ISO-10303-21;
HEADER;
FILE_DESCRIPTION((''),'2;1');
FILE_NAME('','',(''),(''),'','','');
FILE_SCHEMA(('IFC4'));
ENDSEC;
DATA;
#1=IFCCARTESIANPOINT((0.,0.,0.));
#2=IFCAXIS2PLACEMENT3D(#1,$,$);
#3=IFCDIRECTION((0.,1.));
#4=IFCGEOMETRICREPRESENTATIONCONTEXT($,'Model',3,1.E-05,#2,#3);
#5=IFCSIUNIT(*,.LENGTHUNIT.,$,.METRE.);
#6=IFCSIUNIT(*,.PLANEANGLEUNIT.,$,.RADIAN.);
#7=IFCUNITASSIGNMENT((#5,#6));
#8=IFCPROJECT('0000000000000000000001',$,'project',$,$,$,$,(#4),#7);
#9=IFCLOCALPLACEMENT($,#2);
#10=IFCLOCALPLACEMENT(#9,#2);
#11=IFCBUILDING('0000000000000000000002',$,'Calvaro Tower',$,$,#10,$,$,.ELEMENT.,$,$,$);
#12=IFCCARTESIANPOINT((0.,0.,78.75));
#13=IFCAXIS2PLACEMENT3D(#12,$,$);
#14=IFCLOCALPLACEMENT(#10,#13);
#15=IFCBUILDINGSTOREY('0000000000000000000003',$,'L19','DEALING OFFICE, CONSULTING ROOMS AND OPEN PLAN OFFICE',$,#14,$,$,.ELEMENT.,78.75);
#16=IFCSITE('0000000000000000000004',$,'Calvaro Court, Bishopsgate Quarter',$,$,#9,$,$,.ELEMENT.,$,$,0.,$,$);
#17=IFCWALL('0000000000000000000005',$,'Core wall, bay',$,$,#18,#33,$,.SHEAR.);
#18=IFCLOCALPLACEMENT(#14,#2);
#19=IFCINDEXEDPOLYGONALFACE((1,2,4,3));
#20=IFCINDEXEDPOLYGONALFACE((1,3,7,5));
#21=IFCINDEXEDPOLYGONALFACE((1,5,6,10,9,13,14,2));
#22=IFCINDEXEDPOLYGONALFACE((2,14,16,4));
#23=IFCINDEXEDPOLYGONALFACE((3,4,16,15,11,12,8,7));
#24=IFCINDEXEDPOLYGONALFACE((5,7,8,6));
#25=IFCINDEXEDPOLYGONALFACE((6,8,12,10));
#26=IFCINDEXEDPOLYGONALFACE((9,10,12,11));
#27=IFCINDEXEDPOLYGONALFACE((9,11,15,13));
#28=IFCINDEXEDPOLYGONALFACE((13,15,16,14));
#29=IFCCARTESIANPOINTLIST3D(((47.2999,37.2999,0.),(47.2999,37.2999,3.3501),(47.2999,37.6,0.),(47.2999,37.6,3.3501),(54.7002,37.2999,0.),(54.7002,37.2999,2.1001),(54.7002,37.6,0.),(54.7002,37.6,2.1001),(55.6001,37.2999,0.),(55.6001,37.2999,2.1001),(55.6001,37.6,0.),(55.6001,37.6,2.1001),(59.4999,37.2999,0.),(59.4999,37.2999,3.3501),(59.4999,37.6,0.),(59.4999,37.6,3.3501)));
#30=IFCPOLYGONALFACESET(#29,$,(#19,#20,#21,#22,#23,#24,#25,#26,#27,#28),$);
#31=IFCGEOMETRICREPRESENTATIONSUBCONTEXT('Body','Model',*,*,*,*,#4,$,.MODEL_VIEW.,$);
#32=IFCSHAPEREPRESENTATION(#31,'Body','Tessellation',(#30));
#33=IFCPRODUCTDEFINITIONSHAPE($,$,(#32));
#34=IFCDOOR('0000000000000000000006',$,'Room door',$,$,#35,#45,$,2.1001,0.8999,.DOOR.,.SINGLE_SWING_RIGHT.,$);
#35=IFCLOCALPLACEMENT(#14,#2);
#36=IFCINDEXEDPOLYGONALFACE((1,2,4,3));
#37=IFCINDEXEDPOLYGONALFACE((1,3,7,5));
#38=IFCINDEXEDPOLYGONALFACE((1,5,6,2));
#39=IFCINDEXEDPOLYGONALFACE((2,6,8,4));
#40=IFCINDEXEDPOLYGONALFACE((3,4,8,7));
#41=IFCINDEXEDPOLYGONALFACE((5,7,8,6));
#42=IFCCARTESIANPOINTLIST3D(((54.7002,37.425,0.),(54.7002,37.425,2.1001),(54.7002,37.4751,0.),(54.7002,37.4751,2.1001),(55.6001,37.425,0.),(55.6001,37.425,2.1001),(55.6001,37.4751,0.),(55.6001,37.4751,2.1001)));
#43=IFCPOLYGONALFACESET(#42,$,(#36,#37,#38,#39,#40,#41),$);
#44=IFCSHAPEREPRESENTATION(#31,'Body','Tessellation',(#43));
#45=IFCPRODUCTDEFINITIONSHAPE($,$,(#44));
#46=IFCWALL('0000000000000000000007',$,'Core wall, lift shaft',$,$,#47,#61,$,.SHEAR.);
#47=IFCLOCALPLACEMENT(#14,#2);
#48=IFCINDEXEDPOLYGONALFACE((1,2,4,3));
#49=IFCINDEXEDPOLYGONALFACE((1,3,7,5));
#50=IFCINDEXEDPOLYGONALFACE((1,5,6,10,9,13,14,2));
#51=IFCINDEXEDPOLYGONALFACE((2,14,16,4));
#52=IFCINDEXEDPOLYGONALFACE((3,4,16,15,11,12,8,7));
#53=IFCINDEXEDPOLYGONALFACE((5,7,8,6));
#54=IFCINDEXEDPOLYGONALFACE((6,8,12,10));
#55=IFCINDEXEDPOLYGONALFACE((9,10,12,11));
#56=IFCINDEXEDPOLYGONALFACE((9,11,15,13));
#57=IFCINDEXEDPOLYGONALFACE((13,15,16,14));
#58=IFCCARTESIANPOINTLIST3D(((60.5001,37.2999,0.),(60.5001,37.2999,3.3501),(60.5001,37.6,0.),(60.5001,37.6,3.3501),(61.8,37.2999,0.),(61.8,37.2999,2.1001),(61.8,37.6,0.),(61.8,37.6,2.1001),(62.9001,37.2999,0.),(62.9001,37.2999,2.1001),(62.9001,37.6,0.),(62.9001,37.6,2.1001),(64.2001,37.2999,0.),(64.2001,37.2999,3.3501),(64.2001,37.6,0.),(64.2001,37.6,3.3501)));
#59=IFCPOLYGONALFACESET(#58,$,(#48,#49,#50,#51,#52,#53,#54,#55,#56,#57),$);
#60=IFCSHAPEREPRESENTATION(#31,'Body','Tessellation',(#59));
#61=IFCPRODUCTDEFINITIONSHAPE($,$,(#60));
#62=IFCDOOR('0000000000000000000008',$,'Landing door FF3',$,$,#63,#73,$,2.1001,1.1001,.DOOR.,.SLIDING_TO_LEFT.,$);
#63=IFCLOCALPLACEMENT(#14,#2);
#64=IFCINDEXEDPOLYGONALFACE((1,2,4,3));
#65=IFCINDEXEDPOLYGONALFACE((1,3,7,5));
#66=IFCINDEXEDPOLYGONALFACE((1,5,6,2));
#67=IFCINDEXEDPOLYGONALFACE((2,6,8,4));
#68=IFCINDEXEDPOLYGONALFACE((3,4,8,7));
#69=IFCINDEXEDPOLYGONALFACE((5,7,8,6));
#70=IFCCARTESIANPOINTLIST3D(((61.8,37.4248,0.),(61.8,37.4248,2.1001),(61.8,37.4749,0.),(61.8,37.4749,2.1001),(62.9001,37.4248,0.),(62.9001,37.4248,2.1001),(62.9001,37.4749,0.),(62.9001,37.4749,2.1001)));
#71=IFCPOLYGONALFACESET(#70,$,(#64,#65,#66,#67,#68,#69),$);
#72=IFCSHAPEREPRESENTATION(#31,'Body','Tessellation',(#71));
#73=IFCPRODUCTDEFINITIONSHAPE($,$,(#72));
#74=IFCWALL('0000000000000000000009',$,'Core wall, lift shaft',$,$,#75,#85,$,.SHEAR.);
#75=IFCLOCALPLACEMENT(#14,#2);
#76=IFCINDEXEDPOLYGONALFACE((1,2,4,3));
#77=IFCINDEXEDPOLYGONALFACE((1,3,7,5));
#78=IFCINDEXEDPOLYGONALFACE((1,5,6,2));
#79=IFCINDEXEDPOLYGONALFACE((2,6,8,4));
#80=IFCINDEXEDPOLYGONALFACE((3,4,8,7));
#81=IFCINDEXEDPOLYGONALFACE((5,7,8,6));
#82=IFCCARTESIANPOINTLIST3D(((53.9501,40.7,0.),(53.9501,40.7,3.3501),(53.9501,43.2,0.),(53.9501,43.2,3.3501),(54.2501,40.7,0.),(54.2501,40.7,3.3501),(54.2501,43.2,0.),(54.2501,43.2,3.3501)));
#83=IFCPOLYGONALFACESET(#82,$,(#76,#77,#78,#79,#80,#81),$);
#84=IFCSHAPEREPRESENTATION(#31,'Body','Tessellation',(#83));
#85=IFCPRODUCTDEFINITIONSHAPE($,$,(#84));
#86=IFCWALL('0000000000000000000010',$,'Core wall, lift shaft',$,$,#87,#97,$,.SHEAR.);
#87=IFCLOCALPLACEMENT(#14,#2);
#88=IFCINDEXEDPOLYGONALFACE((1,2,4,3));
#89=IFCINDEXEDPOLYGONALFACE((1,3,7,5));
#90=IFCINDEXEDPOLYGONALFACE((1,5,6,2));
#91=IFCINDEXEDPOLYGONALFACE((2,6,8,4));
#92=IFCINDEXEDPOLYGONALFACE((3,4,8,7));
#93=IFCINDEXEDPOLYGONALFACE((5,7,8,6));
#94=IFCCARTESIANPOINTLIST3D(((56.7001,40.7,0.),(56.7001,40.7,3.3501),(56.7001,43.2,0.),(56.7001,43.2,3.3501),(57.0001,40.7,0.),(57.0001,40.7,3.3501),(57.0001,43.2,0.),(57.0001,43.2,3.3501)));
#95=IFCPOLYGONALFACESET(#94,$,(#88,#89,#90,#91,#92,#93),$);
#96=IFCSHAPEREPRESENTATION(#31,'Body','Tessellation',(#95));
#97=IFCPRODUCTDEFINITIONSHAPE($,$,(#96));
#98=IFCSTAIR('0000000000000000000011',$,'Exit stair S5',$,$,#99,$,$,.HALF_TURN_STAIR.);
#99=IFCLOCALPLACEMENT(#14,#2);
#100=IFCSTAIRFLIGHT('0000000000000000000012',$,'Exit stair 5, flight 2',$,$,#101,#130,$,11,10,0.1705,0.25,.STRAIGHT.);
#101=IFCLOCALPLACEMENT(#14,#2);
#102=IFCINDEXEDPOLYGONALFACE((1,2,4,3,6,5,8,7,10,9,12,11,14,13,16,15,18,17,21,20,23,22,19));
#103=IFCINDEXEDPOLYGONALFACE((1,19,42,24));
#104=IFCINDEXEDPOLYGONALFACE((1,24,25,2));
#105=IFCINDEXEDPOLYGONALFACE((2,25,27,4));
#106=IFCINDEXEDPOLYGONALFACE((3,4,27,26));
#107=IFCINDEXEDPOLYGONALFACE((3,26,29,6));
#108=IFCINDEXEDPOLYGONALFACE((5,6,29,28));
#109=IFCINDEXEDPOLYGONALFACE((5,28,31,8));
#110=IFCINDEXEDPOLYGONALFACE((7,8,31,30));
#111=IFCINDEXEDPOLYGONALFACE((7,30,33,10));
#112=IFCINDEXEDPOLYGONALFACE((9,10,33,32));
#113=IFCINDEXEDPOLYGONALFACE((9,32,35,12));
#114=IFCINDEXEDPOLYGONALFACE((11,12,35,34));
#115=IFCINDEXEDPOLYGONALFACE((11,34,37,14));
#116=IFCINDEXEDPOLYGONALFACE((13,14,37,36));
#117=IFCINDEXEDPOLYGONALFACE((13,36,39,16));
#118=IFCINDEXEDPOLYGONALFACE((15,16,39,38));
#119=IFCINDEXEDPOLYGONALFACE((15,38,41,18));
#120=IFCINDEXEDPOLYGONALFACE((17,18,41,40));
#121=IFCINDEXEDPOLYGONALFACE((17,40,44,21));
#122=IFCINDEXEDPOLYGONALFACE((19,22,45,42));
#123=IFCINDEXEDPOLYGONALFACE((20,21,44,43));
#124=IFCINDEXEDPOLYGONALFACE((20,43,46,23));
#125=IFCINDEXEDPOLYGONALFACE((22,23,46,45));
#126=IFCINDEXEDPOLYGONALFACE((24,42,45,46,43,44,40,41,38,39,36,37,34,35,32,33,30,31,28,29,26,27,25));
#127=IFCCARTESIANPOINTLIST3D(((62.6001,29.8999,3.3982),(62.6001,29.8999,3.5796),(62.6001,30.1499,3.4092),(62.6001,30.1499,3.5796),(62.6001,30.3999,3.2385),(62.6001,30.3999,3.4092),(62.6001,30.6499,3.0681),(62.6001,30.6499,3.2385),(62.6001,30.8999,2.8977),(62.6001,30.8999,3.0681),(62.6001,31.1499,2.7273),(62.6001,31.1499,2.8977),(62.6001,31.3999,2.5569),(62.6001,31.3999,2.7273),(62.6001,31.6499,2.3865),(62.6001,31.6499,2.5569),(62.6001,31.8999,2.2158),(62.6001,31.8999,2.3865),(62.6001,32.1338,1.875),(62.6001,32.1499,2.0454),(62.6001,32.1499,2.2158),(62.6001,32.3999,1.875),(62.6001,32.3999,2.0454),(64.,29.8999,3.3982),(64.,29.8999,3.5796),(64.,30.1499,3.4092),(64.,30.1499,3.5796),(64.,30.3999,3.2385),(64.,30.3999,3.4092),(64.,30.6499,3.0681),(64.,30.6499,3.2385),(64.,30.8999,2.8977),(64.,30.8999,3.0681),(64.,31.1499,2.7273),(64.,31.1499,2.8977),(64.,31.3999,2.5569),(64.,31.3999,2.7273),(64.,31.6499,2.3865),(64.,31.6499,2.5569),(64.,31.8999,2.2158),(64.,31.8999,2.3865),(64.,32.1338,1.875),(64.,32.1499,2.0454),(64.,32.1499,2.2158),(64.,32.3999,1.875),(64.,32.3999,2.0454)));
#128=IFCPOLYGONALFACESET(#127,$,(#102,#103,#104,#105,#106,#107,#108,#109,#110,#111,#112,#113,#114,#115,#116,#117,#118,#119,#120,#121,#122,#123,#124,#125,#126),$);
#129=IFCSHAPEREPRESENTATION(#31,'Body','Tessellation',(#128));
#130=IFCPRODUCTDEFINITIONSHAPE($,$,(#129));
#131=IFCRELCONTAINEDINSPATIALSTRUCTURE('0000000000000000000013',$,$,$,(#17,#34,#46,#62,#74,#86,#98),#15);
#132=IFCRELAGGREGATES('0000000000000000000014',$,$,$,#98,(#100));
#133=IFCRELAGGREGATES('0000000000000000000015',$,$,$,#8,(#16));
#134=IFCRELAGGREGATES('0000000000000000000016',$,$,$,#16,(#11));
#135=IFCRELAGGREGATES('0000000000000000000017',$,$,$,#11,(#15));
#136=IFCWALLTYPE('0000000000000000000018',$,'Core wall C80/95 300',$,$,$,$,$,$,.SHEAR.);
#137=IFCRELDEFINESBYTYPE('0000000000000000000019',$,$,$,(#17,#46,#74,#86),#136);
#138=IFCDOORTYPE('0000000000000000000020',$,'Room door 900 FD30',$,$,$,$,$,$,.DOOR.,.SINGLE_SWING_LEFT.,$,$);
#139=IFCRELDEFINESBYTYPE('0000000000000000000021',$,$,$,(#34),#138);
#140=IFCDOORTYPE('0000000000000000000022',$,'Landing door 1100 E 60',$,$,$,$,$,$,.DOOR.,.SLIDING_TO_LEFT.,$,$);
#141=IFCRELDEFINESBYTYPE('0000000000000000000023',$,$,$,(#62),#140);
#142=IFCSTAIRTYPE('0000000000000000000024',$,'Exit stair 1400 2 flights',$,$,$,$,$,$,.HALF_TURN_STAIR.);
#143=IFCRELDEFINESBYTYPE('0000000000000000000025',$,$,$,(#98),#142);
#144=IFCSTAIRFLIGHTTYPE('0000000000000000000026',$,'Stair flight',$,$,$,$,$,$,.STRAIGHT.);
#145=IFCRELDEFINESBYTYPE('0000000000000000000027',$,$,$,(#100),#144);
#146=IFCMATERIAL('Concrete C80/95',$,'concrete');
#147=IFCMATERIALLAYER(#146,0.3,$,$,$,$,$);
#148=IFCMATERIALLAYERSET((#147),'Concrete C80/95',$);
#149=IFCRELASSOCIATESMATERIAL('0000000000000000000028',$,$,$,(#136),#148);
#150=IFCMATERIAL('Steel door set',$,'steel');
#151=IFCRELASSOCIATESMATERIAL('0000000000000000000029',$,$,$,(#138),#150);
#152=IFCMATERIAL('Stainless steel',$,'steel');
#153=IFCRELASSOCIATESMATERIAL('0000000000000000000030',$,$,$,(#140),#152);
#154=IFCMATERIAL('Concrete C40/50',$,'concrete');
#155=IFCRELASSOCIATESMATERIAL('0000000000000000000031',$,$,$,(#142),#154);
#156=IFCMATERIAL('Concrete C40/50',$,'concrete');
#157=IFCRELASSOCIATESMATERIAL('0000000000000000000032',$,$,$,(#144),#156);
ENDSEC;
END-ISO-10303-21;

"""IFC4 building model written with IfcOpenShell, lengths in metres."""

from ifc_helpers import new_model, si_unit, direction, frame, frame_2d, origin, place, context, subcontext, project, spatial, polyline, rectangle, outline, extrude, material, layer, layer_set, type_object, element, fill, aggregate, save


model = new_model("IFC4")

# Units and contexts
model_context = context("Model", 3, precision=1e-05, world=origin(), true_north=direction((0.0, 1.0)))
body_context = subcontext(model_context, "Body", "Model", "MODEL_VIEW")
ifc_project = project(units=[si_unit("LENGTHUNIT", "METRE"), si_unit("PLANEANGLEUNIT", "RADIAN")], contexts=[model_context])

# Site, building, storey
site_placement = place(None, origin())
site = spatial("IfcSite", under=ifc_project, at=site_placement, Name="Calvaro Court, Bishopsgate Quarter", CompositionType="ELEMENT", RefElevation=0.0)
building_placement = place(site_placement, origin())
building = spatial("IfcBuilding", under=site, at=building_placement, Name="Calvaro Tower", CompositionType="ELEMENT")
storey_placement = place(building_placement, frame((0.0, 0.0, 78.75)))
storey = spatial("IfcBuildingStorey", under=building, at=storey_placement, Name="L19", Description="DEALING OFFICE, CONSULTING ROOMS AND OPEN PLAN OFFICE", CompositionType="ELEMENT", Elevation=78.75)

# Shared definitions
ifc_material_1 = material(Name="Concrete C80/95", Category="concrete")
ifc_layer_1 = layer(ifc_material_1, 0.3)
ifc_layer_set_1 = layer_set([ifc_layer_1], Name="Concrete C80/95")
wall_type_1 = type_object("IfcWallType", Name="Core wall C80/95 300", PredefinedType="SHEAR", material=ifc_layer_set_1)

# Walls, openings, doors
wall_1_placement = place(storey_placement, frame((59.5, 37.45, 0.0), z_axis=(0.0, 0.0, 1.0), x_axis=(-1.0, 0.0, 0.0)))
wall_1 = element("IfcWall", 1, at=wall_1_placement, inside=storey, type_object=wall_type_1, Name="Core wall, bay", PredefinedType="SHEAR", context=body_context, shape_type="SweptSolid", body=[
    extrude(rectangle(XDim=12.2, YDim=0.3, at=frame_2d((6.1001, 0.0))), origin(), (0.0, 0.0, 1.0), 3.3501),
])
opening_1_placement = place(wall_1_placement, frame((3.8999, 0.0, 0.0)))
opening_1 = element("IfcOpeningElement", 2, at=opening_1_placement, cuts=wall_1, PredefinedType="OPENING", context=body_context, shape_type="SweptSolid", body=[
    extrude(rectangle(XDim=0.8999, YDim=2.1001, at=frame_2d((0.45, 1.05))), frame((0.0, 0.1599, 0.0), z_axis=(0.0, -1.0, 0.0), x_axis=(1.0, 0.0, 0.0)), (0.0, 0.0, 1.0), 0.3201),
])
ifc_material_2 = material(Name="Steel door set", Category="steel")
door_type_1 = type_object("IfcDoorType", Name="Room door 900 FD30", OperationType="SINGLE_SWING_LEFT", PredefinedType="DOOR", material=ifc_material_2)
door_1_placement = place(opening_1_placement, origin())
door_1 = element("IfcDoor", 3, at=door_1_placement, inside=storey, type_object=door_type_1, Name="Room door", OperationType="SINGLE_SWING_RIGHT", OverallHeight=2.1001, OverallWidth=0.8999, PredefinedType="DOOR", context=body_context, shape_type="SweptSolid", body=[
    extrude(rectangle(XDim=0.8999, YDim=2.1001, at=frame_2d((0.45, 1.05))), frame((0.0, 0.0249, 0.0), z_axis=(0.0, -1.0, 0.0), x_axis=(1.0, 0.0, 0.0)), (0.0, 0.0, 1.0), 0.05),
])
fill(opening_1, door_1)
wall_2_placement = place(storey_placement, frame((60.5, 37.45, 0.0), z_axis=(0.0, 0.0, 1.0), x_axis=(1.0, 0.0, 0.0)))
wall_2 = element("IfcWall", 4, at=wall_2_placement, inside=storey, type_object=wall_type_1, Name="Core wall, lift shaft", PredefinedType="SHEAR", context=body_context, shape_type="SweptSolid", body=[
    extrude(rectangle(XDim=3.7, YDim=0.3, at=frame_2d((1.8501, 0.0))), origin(), (0.0, 0.0, 1.0), 3.3501),
])
opening_2_placement = place(wall_2_placement, frame((1.3, 0.0, 0.0)))
opening_2 = element("IfcOpeningElement", 5, at=opening_2_placement, cuts=wall_2, PredefinedType="OPENING", context=body_context, shape_type="SweptSolid", body=[
    extrude(rectangle(XDim=1.1001, YDim=2.1001, at=frame_2d((0.55, 1.05))), frame((0.0, 0.1599, 0.0), z_axis=(0.0, -1.0, 0.0), x_axis=(1.0, 0.0, 0.0)), (0.0, 0.0, 1.0), 0.3201),
])
ifc_material_3 = material(Name="Stainless steel", Category="steel")
door_type_2 = type_object("IfcDoorType", Name="Landing door 1100 E 60", OperationType="SLIDING_TO_LEFT", PredefinedType="DOOR", material=ifc_material_3)
door_2_placement = place(opening_2_placement, origin())
door_2 = element("IfcDoor", 6, at=door_2_placement, inside=storey, type_object=door_type_2, Name="Landing door FF3", OperationType="SLIDING_TO_LEFT", OverallHeight=2.1001, OverallWidth=1.1001, PredefinedType="DOOR", context=body_context, shape_type="SweptSolid", body=[
    extrude(rectangle(XDim=1.1001, YDim=2.1001, at=frame_2d((0.55, 1.05))), frame((0.0, 0.0249, 0.0), z_axis=(0.0, -1.0, 0.0), x_axis=(1.0, 0.0, 0.0)), (0.0, 0.0, 1.0), 0.05),
])
fill(opening_2, door_2)

# Walls
for number, where, z_axis, x_axis, name in (
    (7, (54.1001, 40.7, 0.0), (0.0, 0.0, 1.0), (0.0, 1.0, 0.0), "Core wall, lift shaft"),
    (8, (56.8501, 40.7, 0.0), (0.0, 0.0, 1.0), (0.0, 1.0, 0.0), "Core wall, lift shaft"),
):
    element("IfcWall", number, at=place(storey_placement, frame(where, z_axis=z_axis, x_axis=x_axis)), inside=storey, type_object=wall_type_1, Name=name, PredefinedType="SHEAR", context=body_context, shape_type="SweptSolid", body=[
        extrude(rectangle(XDim=2.5, YDim=0.3, at=frame_2d((1.25, 0.0))), origin(), (0.0, 0.0, 1.0), 3.3501),
    ])

# Stair, stair flight
ifc_material_4 = material(Name="Concrete C40/50", Category="concrete")
stair_type = type_object("IfcStairType", Name="Exit stair 1400 2 flights", PredefinedType="HALF_TURN_STAIR", material=ifc_material_4)
stair_1_placement = place(storey_placement, origin())
stair_1 = element("IfcStair", 9, at=stair_1_placement, inside=storey, type_object=stair_type, Name="Exit stair S5", PredefinedType="HALF_TURN_STAIR")
ifc_material_5 = material(Name="Concrete C40/50", Category="concrete")
stair_flight_type = type_object("IfcStairFlightType", Name="Stair flight", PredefinedType="STRAIGHT", material=ifc_material_5)
stair_flight_placement = place(storey_placement, frame((63.3, 32.3999, 1.875), z_axis=(0.0, 0.0, 1.0), x_axis=(0.0, -1.0, 0.0)))
stair_flight = element("IfcStairFlight", 10, at=stair_flight_placement, type_object=stair_flight_type, Name="Exit stair 5, flight 2", NumberOfRisers=11, NumberOfTreads=10, PredefinedType="STRAIGHT", RiserHeight=0.1705, TreadLength=0.25, context=body_context, shape_type="SweptSolid", body=[
    extrude(outline(polyline([(0.0, 0.0), (0.0, 0.1704), (0.25, 0.1704), (0.25, 0.3408), (0.5, 0.3408), (0.5, 0.5115), (0.75, 0.5115), (0.75, 0.6819), (1.0, 0.6819), (1.0, 0.8523), (1.25, 0.8523), (1.25, 1.0227), (1.5, 1.0227), (1.5, 1.1931), (1.75, 1.1931), (1.75, 1.3635), (2.0, 1.3635), (2.0, 1.5342), (2.25, 1.5342), (2.25, 1.7046), (2.5, 1.7046), (2.5, 1.875), (2.5, 1.5232), (0.2661, 0.0), (0.0, 0.0)])), frame((0.0, 0.7, 0.0), z_axis=(0.0, -1.0, 0.0), x_axis=(1.0, 0.0, 0.0)), (0.0, 0.0, 1.0), 1.3999),
])

aggregate(stair_1, [stair_flight])

save(model, "model.ifc")
